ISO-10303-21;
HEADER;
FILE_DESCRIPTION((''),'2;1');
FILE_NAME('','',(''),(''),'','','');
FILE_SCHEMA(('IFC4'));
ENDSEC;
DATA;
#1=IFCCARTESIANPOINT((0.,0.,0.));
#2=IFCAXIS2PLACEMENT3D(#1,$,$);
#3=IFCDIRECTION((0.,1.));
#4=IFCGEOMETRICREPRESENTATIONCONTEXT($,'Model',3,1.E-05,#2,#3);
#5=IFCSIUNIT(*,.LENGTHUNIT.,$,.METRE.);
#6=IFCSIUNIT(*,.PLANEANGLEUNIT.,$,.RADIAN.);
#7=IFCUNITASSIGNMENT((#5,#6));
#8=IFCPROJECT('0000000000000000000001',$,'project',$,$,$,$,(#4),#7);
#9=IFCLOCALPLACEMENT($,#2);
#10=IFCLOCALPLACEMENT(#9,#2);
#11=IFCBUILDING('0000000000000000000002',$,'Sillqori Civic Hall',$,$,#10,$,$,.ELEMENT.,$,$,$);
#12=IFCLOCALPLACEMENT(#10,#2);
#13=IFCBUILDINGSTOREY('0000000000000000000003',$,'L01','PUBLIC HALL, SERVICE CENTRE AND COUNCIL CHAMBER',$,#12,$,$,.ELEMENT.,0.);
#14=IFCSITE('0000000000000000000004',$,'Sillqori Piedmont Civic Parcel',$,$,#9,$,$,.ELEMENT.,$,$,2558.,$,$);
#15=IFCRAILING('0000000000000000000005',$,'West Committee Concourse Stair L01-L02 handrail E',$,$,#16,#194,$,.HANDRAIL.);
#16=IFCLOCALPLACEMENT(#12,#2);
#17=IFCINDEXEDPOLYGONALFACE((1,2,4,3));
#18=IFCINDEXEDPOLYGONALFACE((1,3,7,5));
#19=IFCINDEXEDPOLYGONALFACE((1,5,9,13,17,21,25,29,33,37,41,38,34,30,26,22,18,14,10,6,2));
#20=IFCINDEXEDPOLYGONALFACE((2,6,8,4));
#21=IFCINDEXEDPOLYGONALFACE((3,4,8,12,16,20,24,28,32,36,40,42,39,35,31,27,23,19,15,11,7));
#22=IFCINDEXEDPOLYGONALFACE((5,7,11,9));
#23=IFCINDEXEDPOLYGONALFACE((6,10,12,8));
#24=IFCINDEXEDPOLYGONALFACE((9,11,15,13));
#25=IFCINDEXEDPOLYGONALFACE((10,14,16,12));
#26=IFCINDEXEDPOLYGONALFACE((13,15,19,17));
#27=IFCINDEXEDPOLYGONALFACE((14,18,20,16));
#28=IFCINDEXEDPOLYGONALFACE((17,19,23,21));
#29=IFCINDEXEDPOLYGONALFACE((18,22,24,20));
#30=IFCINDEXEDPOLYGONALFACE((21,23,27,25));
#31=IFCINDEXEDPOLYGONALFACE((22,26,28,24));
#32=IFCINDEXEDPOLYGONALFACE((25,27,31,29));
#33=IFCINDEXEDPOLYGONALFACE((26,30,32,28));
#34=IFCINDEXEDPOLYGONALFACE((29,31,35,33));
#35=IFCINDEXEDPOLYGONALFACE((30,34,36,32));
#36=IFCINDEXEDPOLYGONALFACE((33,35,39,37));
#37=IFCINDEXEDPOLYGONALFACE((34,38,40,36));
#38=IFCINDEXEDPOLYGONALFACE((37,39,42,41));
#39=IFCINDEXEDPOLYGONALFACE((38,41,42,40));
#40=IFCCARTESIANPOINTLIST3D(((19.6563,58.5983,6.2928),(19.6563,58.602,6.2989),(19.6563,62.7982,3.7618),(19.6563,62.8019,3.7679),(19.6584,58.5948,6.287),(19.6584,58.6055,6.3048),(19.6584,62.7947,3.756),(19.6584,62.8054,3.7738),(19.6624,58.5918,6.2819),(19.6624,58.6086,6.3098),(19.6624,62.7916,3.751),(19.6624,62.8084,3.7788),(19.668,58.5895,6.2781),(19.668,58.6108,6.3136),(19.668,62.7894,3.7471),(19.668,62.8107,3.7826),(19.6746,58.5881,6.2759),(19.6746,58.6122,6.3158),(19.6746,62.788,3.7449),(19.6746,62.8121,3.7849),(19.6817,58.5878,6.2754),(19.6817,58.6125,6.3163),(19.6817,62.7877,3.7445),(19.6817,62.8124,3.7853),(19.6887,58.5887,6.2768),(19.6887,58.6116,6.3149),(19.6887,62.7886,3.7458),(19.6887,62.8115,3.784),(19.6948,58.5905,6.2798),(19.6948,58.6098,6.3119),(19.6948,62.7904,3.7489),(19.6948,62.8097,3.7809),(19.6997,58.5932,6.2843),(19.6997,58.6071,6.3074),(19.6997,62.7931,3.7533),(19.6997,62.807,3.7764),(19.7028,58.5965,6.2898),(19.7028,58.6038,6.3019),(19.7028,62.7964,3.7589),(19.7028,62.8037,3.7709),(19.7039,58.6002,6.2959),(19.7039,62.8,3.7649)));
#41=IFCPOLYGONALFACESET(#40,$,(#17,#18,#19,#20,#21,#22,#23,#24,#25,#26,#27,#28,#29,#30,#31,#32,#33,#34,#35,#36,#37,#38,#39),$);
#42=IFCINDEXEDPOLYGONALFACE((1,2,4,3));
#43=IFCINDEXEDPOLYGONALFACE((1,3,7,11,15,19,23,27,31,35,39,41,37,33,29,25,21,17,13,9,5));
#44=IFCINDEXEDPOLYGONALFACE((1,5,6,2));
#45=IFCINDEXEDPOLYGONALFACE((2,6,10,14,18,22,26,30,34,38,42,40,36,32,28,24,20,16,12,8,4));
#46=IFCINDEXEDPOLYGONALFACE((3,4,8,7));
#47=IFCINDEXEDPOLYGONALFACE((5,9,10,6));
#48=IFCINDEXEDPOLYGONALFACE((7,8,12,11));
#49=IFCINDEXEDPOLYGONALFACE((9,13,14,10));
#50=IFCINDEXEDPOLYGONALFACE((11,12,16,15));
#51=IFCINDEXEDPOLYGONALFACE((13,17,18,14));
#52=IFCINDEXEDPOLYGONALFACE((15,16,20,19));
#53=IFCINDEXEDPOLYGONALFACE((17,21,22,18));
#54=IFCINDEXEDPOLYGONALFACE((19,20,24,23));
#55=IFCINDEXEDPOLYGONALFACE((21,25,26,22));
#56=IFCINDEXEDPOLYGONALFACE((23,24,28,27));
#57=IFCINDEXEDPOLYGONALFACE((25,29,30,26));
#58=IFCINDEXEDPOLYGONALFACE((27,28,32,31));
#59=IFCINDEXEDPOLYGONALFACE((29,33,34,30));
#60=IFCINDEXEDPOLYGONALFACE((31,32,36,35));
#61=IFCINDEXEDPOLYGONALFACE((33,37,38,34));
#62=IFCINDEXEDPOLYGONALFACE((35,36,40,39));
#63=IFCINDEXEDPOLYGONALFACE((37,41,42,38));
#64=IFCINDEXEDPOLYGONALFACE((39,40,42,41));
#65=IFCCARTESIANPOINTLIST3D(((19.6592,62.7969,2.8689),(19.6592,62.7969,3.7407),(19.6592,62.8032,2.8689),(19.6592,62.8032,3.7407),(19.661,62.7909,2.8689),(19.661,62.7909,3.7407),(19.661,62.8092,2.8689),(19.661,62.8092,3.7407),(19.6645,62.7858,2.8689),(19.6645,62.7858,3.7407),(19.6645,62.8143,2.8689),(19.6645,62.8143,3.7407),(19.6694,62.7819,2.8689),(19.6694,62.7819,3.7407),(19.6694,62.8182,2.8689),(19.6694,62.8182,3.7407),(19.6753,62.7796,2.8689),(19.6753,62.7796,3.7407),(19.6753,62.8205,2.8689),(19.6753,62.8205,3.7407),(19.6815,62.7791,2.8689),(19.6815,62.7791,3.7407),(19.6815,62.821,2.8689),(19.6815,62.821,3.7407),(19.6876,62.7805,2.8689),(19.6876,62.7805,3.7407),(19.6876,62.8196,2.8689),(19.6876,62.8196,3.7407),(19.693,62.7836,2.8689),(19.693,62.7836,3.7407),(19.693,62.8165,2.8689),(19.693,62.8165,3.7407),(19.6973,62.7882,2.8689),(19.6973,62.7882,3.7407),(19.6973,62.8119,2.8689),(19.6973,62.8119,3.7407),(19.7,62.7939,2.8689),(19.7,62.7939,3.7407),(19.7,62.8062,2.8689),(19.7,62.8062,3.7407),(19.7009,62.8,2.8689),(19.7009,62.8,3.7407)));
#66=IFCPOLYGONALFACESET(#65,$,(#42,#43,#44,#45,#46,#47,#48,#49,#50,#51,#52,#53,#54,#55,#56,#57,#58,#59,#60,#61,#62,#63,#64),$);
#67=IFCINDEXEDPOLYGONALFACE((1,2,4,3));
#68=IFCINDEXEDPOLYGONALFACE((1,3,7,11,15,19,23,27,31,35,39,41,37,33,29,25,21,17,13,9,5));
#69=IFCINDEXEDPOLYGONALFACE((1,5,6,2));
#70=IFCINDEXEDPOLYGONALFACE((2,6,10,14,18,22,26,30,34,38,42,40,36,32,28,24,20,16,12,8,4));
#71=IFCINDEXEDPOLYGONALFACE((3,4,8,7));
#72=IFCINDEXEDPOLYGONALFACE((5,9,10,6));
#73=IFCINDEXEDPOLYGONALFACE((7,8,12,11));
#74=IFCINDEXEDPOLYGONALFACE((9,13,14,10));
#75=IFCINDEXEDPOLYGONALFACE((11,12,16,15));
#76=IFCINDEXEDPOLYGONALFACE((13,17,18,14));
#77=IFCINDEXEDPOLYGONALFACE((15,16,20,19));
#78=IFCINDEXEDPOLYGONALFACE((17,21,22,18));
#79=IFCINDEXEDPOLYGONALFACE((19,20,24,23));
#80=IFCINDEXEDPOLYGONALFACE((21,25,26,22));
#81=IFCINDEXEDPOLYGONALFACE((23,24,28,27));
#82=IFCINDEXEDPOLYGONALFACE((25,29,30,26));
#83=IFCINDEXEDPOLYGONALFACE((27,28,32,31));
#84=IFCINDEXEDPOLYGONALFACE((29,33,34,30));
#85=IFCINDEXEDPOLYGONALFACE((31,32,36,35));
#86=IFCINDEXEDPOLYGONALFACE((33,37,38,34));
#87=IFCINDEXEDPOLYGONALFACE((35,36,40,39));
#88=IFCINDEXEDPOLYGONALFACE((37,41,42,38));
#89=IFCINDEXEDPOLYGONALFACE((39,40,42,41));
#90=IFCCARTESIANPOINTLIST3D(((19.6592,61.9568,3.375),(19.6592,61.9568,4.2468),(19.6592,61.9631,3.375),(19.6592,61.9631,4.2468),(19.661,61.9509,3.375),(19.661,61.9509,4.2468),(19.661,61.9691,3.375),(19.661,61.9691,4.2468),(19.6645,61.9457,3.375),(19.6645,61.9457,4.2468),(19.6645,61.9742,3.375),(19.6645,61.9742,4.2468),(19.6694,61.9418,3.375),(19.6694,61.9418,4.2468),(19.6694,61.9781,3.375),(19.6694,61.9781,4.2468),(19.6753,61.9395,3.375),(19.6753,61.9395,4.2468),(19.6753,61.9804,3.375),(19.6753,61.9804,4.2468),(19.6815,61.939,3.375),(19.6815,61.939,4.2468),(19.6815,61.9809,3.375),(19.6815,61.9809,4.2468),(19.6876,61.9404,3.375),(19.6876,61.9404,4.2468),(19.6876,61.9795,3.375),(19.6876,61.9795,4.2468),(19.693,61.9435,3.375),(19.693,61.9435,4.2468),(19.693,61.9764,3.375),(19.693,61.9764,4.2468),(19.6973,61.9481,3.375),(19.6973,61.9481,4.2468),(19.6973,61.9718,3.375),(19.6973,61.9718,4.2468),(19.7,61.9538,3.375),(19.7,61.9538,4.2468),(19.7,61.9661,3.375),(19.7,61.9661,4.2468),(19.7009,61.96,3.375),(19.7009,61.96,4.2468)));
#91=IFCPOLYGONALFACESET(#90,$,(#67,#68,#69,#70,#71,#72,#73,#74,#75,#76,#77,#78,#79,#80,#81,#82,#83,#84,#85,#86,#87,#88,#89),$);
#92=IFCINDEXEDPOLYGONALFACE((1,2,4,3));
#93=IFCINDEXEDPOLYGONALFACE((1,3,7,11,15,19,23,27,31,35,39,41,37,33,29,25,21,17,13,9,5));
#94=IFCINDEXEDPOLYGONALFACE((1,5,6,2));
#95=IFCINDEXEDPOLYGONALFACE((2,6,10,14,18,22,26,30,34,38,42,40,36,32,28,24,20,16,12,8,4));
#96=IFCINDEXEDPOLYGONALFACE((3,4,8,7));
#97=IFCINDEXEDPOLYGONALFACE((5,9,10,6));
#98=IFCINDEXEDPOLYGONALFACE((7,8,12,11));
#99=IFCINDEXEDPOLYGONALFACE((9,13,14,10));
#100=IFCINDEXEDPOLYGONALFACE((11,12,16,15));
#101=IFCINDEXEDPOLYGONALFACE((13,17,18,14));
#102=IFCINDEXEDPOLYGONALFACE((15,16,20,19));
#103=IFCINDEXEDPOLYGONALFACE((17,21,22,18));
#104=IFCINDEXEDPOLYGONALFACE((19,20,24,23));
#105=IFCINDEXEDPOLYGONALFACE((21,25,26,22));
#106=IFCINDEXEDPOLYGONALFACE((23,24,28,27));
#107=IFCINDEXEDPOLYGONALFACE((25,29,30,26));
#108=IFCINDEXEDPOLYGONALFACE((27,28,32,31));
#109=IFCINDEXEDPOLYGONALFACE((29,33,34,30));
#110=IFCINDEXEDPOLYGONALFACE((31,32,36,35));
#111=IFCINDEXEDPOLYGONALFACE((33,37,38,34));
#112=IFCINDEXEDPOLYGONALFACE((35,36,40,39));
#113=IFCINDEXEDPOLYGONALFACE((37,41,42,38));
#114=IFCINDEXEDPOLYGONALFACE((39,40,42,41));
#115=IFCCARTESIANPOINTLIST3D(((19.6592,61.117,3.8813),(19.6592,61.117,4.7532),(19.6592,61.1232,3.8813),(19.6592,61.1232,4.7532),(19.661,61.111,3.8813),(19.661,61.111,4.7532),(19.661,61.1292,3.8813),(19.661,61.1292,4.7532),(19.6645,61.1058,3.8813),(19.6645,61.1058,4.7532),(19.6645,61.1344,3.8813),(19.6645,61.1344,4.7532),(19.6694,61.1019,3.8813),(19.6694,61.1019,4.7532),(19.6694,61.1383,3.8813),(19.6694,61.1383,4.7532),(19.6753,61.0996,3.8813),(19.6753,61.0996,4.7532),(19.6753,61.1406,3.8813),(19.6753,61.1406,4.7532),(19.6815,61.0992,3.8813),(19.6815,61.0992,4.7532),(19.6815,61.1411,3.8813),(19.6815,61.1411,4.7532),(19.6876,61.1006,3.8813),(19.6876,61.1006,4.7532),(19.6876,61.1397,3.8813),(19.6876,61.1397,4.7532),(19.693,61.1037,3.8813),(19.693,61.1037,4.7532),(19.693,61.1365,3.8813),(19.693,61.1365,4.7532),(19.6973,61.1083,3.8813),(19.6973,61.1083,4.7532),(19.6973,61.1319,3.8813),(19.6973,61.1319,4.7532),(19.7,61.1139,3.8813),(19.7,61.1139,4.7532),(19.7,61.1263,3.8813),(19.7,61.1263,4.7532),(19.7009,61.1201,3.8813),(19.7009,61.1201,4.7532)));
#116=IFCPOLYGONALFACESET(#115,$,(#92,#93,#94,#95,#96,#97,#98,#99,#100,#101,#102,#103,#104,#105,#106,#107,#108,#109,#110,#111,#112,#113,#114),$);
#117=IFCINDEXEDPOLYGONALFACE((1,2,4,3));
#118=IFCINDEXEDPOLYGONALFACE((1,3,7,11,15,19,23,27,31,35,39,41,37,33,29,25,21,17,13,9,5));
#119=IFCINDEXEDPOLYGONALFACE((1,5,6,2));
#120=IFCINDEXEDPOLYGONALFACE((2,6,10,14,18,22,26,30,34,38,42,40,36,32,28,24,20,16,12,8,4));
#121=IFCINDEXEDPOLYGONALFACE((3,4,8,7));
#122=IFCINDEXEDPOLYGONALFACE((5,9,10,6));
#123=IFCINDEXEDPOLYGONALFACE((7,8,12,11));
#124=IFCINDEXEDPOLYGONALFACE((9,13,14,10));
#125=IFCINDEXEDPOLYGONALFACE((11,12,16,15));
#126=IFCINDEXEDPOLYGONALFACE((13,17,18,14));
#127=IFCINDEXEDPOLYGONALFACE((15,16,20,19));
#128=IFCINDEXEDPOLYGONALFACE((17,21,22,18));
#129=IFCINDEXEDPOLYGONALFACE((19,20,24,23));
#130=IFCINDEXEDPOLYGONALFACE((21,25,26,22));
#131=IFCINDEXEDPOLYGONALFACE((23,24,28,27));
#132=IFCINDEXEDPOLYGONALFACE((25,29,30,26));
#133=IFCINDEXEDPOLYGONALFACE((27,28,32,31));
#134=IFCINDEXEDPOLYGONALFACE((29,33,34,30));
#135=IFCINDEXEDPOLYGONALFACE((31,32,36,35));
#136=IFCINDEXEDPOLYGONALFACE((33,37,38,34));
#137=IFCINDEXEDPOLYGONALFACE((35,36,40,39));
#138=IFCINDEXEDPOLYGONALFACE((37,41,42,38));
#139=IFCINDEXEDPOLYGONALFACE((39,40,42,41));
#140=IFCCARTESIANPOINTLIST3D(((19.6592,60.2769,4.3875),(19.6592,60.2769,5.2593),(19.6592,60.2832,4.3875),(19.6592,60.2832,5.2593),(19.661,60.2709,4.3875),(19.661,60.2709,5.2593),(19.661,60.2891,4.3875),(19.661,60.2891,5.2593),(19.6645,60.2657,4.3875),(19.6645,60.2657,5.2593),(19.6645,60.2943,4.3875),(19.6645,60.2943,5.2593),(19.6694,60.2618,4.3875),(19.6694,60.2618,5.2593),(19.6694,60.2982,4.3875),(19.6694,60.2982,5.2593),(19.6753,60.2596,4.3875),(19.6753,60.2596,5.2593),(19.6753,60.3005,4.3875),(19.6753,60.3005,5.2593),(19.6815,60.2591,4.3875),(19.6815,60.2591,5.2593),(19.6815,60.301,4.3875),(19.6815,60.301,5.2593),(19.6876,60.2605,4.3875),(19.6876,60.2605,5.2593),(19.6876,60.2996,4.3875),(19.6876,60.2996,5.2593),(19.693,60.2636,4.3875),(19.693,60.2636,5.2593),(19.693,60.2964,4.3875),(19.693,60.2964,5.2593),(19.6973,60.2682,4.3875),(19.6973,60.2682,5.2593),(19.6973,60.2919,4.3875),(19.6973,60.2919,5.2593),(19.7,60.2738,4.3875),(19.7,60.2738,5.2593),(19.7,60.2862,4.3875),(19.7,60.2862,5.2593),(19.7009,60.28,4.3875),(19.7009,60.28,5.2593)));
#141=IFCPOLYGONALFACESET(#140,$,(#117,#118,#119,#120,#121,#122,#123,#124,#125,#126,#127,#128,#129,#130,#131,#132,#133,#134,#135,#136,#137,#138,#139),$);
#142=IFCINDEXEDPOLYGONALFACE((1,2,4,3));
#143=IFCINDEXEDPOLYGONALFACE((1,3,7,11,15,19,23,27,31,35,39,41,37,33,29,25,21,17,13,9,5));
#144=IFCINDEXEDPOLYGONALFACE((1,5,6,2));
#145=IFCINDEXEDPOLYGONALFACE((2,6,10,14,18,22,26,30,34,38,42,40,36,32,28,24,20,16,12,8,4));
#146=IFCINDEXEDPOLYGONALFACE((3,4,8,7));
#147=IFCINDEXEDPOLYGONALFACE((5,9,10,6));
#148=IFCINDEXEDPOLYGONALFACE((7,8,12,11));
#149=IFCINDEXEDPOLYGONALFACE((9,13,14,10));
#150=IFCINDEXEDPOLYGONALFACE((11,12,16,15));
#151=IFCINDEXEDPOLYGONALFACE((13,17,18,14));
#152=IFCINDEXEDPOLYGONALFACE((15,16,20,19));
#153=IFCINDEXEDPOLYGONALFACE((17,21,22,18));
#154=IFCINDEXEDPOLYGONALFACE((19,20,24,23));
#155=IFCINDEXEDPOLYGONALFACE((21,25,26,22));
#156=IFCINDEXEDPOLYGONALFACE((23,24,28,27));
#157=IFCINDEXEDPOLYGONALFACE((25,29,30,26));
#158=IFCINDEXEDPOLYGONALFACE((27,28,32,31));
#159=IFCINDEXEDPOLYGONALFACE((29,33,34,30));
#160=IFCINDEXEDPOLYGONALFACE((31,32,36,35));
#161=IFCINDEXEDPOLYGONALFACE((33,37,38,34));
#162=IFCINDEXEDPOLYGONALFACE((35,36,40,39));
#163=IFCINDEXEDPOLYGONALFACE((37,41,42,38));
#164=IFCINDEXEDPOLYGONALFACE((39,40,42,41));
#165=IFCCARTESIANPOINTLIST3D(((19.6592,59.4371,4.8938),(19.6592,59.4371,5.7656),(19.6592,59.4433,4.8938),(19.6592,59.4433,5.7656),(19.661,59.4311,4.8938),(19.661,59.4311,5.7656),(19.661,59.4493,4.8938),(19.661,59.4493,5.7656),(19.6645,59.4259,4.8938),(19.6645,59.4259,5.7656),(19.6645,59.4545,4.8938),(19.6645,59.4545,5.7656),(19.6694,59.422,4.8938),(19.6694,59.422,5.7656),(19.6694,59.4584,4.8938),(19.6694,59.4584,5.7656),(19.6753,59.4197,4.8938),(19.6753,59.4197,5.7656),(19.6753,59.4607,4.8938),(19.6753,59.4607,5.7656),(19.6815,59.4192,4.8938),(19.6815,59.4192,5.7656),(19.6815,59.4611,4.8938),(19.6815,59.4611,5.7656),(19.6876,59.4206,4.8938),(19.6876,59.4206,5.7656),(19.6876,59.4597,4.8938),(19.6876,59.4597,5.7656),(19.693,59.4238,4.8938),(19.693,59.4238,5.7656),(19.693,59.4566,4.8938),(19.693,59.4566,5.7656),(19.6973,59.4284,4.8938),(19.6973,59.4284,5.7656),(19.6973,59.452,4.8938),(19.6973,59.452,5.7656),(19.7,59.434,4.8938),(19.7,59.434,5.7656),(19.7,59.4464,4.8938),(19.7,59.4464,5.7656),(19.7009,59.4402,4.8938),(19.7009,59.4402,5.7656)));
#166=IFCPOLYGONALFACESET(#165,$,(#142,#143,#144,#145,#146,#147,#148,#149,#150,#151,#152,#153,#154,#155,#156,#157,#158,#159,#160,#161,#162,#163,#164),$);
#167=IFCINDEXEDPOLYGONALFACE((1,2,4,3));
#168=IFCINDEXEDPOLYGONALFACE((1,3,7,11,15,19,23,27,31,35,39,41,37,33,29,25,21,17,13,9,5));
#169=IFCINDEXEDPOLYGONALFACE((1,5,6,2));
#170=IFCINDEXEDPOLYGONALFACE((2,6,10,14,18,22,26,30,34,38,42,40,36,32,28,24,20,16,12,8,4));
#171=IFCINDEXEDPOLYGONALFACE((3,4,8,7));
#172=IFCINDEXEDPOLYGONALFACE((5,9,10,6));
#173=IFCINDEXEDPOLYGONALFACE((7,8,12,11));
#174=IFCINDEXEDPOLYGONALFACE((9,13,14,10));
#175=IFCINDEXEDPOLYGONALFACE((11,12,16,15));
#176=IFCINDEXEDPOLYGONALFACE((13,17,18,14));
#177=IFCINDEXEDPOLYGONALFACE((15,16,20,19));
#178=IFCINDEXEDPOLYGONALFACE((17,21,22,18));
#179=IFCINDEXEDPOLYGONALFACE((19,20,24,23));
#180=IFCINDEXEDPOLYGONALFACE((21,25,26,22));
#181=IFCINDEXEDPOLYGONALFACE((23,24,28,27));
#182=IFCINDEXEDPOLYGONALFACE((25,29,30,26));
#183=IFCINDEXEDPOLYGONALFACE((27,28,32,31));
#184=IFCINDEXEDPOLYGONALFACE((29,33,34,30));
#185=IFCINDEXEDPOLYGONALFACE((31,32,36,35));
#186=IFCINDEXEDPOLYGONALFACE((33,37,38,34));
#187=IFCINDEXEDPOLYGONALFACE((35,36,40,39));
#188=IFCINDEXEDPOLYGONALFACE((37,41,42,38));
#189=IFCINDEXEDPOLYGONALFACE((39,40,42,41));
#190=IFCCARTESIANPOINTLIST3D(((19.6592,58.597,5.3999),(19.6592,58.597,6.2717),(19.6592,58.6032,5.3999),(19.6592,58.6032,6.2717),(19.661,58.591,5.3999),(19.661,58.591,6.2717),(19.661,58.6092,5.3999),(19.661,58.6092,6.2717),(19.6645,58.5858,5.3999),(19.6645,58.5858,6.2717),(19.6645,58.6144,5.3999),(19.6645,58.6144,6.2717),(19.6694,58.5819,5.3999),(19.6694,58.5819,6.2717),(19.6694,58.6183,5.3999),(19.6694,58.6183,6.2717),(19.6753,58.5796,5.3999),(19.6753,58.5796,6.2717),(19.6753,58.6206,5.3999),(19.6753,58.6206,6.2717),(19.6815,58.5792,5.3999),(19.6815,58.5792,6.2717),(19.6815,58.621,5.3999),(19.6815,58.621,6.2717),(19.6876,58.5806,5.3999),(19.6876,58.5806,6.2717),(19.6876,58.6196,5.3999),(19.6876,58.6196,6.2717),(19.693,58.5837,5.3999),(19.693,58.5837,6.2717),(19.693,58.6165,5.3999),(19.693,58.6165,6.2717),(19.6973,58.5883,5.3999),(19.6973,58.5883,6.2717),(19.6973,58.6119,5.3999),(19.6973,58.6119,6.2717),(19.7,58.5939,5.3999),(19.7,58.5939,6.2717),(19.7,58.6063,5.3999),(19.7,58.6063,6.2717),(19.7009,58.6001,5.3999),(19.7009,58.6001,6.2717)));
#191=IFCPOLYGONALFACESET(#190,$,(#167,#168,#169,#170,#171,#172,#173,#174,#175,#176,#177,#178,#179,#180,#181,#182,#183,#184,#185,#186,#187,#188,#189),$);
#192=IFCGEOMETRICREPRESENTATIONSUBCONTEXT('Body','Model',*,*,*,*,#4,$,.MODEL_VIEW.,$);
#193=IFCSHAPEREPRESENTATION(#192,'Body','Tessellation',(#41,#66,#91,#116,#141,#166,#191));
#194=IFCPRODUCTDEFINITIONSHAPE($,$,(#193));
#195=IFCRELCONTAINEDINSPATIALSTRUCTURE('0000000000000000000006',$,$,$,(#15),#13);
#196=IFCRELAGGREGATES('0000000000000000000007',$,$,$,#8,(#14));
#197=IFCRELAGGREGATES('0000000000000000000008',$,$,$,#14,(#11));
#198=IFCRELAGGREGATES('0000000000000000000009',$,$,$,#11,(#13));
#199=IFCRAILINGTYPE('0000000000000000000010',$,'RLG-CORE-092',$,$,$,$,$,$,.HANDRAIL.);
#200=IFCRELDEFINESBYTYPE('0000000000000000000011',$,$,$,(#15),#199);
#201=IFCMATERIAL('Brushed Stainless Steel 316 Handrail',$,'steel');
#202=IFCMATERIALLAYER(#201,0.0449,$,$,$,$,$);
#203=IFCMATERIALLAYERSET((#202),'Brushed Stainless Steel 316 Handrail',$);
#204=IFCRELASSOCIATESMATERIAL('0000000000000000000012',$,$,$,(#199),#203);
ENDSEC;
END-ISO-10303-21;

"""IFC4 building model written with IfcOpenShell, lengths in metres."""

from ifc_helpers import new_model, si_unit, direction, frame, origin, origin_2d, place, context, subcontext, project, spatial, circle, extrude, material, layer, layer_set, type_object, element, save


model = new_model("IFC4")

# Units and contexts
model_context = context("Model", 3, precision=1e-05, world=origin(), true_north=direction((0.0, 1.0)))
body_context = subcontext(model_context, "Body", "Model", "MODEL_VIEW")
ifc_project = project(units=[si_unit("LENGTHUNIT", "METRE"), si_unit("PLANEANGLEUNIT", "RADIAN")], contexts=[model_context])

# Site, building, storey
site_placement = place(None, origin())
site = spatial("IfcSite", under=ifc_project, at=site_placement, Name="Sillqori Piedmont Civic Parcel", CompositionType="ELEMENT", RefElevation=2558.0)
building_placement = place(site_placement, origin())
building = spatial("IfcBuilding", under=site, at=building_placement, Name="Sillqori Civic Hall", CompositionType="ELEMENT")
storey_placement = place(building_placement, origin())
storey = spatial("IfcBuildingStorey", under=building, at=storey_placement, Name="L01", Description="PUBLIC HALL, SERVICE CENTRE AND COUNCIL CHAMBER", CompositionType="ELEMENT", Elevation=0.0)

# Railing
ifc_material_1 = material(Name="Brushed Stainless Steel 316 Handrail", Category="steel")
ifc_layer_1 = layer(ifc_material_1, 0.0449)
ifc_layer_set_1 = layer_set([ifc_layer_1], Name="Brushed Stainless Steel 316 Handrail")
railing_type_1 = type_object("IfcRailingType", Name="RLG-CORE-092", PredefinedType="HANDRAIL", material=ifc_layer_set_1)
railing_1_placement = place(storey_placement, frame((19.6799, 62.8, 2.8689)))
element("IfcRailing", 1, at=railing_1_placement, inside=storey, type_object=railing_type_1, Name="West Committee Concourse Stair L01-L02 handrail E", PredefinedType="HANDRAIL", context=body_context, shape_type="SweptSolid", body=[
    extrude(circle(Radius=0.0239, at=origin_2d()), frame((0.0, 0.0, 0.896), z_axis=(0.0, -0.856499, 0.51615), x_axis=(1.0, 0.0, 0.0)), (0.0, 0.0, 1.0), 4.9036),
    extrude(circle(Radius=0.021, at=origin_2d()), origin(), (0.0, 0.0, 1.0), 0.8718),
    extrude(circle(Radius=0.021, at=origin_2d()), frame((0.0, -0.8401, 0.5061)), (0.0, 0.0, 1.0), 0.8718),
    extrude(circle(Radius=0.021, at=origin_2d()), frame((0.0, -1.6799, 1.0125)), (0.0, 0.0, 1.0), 0.8718),
    extrude(circle(Radius=0.021, at=origin_2d()), frame((0.0, -2.52, 1.5186)), (0.0, 0.0, 1.0), 0.8718),
    extrude(circle(Radius=0.021, at=origin_2d()), frame((0.0, -3.3599, 2.0249)), (0.0, 0.0, 1.0), 0.8718),
    extrude(circle(Radius=0.021, at=origin_2d()), frame((0.0, -4.2, 2.531)), (0.0, 0.0, 1.0), 0.8718),
])

save(model, "model.ifc")
